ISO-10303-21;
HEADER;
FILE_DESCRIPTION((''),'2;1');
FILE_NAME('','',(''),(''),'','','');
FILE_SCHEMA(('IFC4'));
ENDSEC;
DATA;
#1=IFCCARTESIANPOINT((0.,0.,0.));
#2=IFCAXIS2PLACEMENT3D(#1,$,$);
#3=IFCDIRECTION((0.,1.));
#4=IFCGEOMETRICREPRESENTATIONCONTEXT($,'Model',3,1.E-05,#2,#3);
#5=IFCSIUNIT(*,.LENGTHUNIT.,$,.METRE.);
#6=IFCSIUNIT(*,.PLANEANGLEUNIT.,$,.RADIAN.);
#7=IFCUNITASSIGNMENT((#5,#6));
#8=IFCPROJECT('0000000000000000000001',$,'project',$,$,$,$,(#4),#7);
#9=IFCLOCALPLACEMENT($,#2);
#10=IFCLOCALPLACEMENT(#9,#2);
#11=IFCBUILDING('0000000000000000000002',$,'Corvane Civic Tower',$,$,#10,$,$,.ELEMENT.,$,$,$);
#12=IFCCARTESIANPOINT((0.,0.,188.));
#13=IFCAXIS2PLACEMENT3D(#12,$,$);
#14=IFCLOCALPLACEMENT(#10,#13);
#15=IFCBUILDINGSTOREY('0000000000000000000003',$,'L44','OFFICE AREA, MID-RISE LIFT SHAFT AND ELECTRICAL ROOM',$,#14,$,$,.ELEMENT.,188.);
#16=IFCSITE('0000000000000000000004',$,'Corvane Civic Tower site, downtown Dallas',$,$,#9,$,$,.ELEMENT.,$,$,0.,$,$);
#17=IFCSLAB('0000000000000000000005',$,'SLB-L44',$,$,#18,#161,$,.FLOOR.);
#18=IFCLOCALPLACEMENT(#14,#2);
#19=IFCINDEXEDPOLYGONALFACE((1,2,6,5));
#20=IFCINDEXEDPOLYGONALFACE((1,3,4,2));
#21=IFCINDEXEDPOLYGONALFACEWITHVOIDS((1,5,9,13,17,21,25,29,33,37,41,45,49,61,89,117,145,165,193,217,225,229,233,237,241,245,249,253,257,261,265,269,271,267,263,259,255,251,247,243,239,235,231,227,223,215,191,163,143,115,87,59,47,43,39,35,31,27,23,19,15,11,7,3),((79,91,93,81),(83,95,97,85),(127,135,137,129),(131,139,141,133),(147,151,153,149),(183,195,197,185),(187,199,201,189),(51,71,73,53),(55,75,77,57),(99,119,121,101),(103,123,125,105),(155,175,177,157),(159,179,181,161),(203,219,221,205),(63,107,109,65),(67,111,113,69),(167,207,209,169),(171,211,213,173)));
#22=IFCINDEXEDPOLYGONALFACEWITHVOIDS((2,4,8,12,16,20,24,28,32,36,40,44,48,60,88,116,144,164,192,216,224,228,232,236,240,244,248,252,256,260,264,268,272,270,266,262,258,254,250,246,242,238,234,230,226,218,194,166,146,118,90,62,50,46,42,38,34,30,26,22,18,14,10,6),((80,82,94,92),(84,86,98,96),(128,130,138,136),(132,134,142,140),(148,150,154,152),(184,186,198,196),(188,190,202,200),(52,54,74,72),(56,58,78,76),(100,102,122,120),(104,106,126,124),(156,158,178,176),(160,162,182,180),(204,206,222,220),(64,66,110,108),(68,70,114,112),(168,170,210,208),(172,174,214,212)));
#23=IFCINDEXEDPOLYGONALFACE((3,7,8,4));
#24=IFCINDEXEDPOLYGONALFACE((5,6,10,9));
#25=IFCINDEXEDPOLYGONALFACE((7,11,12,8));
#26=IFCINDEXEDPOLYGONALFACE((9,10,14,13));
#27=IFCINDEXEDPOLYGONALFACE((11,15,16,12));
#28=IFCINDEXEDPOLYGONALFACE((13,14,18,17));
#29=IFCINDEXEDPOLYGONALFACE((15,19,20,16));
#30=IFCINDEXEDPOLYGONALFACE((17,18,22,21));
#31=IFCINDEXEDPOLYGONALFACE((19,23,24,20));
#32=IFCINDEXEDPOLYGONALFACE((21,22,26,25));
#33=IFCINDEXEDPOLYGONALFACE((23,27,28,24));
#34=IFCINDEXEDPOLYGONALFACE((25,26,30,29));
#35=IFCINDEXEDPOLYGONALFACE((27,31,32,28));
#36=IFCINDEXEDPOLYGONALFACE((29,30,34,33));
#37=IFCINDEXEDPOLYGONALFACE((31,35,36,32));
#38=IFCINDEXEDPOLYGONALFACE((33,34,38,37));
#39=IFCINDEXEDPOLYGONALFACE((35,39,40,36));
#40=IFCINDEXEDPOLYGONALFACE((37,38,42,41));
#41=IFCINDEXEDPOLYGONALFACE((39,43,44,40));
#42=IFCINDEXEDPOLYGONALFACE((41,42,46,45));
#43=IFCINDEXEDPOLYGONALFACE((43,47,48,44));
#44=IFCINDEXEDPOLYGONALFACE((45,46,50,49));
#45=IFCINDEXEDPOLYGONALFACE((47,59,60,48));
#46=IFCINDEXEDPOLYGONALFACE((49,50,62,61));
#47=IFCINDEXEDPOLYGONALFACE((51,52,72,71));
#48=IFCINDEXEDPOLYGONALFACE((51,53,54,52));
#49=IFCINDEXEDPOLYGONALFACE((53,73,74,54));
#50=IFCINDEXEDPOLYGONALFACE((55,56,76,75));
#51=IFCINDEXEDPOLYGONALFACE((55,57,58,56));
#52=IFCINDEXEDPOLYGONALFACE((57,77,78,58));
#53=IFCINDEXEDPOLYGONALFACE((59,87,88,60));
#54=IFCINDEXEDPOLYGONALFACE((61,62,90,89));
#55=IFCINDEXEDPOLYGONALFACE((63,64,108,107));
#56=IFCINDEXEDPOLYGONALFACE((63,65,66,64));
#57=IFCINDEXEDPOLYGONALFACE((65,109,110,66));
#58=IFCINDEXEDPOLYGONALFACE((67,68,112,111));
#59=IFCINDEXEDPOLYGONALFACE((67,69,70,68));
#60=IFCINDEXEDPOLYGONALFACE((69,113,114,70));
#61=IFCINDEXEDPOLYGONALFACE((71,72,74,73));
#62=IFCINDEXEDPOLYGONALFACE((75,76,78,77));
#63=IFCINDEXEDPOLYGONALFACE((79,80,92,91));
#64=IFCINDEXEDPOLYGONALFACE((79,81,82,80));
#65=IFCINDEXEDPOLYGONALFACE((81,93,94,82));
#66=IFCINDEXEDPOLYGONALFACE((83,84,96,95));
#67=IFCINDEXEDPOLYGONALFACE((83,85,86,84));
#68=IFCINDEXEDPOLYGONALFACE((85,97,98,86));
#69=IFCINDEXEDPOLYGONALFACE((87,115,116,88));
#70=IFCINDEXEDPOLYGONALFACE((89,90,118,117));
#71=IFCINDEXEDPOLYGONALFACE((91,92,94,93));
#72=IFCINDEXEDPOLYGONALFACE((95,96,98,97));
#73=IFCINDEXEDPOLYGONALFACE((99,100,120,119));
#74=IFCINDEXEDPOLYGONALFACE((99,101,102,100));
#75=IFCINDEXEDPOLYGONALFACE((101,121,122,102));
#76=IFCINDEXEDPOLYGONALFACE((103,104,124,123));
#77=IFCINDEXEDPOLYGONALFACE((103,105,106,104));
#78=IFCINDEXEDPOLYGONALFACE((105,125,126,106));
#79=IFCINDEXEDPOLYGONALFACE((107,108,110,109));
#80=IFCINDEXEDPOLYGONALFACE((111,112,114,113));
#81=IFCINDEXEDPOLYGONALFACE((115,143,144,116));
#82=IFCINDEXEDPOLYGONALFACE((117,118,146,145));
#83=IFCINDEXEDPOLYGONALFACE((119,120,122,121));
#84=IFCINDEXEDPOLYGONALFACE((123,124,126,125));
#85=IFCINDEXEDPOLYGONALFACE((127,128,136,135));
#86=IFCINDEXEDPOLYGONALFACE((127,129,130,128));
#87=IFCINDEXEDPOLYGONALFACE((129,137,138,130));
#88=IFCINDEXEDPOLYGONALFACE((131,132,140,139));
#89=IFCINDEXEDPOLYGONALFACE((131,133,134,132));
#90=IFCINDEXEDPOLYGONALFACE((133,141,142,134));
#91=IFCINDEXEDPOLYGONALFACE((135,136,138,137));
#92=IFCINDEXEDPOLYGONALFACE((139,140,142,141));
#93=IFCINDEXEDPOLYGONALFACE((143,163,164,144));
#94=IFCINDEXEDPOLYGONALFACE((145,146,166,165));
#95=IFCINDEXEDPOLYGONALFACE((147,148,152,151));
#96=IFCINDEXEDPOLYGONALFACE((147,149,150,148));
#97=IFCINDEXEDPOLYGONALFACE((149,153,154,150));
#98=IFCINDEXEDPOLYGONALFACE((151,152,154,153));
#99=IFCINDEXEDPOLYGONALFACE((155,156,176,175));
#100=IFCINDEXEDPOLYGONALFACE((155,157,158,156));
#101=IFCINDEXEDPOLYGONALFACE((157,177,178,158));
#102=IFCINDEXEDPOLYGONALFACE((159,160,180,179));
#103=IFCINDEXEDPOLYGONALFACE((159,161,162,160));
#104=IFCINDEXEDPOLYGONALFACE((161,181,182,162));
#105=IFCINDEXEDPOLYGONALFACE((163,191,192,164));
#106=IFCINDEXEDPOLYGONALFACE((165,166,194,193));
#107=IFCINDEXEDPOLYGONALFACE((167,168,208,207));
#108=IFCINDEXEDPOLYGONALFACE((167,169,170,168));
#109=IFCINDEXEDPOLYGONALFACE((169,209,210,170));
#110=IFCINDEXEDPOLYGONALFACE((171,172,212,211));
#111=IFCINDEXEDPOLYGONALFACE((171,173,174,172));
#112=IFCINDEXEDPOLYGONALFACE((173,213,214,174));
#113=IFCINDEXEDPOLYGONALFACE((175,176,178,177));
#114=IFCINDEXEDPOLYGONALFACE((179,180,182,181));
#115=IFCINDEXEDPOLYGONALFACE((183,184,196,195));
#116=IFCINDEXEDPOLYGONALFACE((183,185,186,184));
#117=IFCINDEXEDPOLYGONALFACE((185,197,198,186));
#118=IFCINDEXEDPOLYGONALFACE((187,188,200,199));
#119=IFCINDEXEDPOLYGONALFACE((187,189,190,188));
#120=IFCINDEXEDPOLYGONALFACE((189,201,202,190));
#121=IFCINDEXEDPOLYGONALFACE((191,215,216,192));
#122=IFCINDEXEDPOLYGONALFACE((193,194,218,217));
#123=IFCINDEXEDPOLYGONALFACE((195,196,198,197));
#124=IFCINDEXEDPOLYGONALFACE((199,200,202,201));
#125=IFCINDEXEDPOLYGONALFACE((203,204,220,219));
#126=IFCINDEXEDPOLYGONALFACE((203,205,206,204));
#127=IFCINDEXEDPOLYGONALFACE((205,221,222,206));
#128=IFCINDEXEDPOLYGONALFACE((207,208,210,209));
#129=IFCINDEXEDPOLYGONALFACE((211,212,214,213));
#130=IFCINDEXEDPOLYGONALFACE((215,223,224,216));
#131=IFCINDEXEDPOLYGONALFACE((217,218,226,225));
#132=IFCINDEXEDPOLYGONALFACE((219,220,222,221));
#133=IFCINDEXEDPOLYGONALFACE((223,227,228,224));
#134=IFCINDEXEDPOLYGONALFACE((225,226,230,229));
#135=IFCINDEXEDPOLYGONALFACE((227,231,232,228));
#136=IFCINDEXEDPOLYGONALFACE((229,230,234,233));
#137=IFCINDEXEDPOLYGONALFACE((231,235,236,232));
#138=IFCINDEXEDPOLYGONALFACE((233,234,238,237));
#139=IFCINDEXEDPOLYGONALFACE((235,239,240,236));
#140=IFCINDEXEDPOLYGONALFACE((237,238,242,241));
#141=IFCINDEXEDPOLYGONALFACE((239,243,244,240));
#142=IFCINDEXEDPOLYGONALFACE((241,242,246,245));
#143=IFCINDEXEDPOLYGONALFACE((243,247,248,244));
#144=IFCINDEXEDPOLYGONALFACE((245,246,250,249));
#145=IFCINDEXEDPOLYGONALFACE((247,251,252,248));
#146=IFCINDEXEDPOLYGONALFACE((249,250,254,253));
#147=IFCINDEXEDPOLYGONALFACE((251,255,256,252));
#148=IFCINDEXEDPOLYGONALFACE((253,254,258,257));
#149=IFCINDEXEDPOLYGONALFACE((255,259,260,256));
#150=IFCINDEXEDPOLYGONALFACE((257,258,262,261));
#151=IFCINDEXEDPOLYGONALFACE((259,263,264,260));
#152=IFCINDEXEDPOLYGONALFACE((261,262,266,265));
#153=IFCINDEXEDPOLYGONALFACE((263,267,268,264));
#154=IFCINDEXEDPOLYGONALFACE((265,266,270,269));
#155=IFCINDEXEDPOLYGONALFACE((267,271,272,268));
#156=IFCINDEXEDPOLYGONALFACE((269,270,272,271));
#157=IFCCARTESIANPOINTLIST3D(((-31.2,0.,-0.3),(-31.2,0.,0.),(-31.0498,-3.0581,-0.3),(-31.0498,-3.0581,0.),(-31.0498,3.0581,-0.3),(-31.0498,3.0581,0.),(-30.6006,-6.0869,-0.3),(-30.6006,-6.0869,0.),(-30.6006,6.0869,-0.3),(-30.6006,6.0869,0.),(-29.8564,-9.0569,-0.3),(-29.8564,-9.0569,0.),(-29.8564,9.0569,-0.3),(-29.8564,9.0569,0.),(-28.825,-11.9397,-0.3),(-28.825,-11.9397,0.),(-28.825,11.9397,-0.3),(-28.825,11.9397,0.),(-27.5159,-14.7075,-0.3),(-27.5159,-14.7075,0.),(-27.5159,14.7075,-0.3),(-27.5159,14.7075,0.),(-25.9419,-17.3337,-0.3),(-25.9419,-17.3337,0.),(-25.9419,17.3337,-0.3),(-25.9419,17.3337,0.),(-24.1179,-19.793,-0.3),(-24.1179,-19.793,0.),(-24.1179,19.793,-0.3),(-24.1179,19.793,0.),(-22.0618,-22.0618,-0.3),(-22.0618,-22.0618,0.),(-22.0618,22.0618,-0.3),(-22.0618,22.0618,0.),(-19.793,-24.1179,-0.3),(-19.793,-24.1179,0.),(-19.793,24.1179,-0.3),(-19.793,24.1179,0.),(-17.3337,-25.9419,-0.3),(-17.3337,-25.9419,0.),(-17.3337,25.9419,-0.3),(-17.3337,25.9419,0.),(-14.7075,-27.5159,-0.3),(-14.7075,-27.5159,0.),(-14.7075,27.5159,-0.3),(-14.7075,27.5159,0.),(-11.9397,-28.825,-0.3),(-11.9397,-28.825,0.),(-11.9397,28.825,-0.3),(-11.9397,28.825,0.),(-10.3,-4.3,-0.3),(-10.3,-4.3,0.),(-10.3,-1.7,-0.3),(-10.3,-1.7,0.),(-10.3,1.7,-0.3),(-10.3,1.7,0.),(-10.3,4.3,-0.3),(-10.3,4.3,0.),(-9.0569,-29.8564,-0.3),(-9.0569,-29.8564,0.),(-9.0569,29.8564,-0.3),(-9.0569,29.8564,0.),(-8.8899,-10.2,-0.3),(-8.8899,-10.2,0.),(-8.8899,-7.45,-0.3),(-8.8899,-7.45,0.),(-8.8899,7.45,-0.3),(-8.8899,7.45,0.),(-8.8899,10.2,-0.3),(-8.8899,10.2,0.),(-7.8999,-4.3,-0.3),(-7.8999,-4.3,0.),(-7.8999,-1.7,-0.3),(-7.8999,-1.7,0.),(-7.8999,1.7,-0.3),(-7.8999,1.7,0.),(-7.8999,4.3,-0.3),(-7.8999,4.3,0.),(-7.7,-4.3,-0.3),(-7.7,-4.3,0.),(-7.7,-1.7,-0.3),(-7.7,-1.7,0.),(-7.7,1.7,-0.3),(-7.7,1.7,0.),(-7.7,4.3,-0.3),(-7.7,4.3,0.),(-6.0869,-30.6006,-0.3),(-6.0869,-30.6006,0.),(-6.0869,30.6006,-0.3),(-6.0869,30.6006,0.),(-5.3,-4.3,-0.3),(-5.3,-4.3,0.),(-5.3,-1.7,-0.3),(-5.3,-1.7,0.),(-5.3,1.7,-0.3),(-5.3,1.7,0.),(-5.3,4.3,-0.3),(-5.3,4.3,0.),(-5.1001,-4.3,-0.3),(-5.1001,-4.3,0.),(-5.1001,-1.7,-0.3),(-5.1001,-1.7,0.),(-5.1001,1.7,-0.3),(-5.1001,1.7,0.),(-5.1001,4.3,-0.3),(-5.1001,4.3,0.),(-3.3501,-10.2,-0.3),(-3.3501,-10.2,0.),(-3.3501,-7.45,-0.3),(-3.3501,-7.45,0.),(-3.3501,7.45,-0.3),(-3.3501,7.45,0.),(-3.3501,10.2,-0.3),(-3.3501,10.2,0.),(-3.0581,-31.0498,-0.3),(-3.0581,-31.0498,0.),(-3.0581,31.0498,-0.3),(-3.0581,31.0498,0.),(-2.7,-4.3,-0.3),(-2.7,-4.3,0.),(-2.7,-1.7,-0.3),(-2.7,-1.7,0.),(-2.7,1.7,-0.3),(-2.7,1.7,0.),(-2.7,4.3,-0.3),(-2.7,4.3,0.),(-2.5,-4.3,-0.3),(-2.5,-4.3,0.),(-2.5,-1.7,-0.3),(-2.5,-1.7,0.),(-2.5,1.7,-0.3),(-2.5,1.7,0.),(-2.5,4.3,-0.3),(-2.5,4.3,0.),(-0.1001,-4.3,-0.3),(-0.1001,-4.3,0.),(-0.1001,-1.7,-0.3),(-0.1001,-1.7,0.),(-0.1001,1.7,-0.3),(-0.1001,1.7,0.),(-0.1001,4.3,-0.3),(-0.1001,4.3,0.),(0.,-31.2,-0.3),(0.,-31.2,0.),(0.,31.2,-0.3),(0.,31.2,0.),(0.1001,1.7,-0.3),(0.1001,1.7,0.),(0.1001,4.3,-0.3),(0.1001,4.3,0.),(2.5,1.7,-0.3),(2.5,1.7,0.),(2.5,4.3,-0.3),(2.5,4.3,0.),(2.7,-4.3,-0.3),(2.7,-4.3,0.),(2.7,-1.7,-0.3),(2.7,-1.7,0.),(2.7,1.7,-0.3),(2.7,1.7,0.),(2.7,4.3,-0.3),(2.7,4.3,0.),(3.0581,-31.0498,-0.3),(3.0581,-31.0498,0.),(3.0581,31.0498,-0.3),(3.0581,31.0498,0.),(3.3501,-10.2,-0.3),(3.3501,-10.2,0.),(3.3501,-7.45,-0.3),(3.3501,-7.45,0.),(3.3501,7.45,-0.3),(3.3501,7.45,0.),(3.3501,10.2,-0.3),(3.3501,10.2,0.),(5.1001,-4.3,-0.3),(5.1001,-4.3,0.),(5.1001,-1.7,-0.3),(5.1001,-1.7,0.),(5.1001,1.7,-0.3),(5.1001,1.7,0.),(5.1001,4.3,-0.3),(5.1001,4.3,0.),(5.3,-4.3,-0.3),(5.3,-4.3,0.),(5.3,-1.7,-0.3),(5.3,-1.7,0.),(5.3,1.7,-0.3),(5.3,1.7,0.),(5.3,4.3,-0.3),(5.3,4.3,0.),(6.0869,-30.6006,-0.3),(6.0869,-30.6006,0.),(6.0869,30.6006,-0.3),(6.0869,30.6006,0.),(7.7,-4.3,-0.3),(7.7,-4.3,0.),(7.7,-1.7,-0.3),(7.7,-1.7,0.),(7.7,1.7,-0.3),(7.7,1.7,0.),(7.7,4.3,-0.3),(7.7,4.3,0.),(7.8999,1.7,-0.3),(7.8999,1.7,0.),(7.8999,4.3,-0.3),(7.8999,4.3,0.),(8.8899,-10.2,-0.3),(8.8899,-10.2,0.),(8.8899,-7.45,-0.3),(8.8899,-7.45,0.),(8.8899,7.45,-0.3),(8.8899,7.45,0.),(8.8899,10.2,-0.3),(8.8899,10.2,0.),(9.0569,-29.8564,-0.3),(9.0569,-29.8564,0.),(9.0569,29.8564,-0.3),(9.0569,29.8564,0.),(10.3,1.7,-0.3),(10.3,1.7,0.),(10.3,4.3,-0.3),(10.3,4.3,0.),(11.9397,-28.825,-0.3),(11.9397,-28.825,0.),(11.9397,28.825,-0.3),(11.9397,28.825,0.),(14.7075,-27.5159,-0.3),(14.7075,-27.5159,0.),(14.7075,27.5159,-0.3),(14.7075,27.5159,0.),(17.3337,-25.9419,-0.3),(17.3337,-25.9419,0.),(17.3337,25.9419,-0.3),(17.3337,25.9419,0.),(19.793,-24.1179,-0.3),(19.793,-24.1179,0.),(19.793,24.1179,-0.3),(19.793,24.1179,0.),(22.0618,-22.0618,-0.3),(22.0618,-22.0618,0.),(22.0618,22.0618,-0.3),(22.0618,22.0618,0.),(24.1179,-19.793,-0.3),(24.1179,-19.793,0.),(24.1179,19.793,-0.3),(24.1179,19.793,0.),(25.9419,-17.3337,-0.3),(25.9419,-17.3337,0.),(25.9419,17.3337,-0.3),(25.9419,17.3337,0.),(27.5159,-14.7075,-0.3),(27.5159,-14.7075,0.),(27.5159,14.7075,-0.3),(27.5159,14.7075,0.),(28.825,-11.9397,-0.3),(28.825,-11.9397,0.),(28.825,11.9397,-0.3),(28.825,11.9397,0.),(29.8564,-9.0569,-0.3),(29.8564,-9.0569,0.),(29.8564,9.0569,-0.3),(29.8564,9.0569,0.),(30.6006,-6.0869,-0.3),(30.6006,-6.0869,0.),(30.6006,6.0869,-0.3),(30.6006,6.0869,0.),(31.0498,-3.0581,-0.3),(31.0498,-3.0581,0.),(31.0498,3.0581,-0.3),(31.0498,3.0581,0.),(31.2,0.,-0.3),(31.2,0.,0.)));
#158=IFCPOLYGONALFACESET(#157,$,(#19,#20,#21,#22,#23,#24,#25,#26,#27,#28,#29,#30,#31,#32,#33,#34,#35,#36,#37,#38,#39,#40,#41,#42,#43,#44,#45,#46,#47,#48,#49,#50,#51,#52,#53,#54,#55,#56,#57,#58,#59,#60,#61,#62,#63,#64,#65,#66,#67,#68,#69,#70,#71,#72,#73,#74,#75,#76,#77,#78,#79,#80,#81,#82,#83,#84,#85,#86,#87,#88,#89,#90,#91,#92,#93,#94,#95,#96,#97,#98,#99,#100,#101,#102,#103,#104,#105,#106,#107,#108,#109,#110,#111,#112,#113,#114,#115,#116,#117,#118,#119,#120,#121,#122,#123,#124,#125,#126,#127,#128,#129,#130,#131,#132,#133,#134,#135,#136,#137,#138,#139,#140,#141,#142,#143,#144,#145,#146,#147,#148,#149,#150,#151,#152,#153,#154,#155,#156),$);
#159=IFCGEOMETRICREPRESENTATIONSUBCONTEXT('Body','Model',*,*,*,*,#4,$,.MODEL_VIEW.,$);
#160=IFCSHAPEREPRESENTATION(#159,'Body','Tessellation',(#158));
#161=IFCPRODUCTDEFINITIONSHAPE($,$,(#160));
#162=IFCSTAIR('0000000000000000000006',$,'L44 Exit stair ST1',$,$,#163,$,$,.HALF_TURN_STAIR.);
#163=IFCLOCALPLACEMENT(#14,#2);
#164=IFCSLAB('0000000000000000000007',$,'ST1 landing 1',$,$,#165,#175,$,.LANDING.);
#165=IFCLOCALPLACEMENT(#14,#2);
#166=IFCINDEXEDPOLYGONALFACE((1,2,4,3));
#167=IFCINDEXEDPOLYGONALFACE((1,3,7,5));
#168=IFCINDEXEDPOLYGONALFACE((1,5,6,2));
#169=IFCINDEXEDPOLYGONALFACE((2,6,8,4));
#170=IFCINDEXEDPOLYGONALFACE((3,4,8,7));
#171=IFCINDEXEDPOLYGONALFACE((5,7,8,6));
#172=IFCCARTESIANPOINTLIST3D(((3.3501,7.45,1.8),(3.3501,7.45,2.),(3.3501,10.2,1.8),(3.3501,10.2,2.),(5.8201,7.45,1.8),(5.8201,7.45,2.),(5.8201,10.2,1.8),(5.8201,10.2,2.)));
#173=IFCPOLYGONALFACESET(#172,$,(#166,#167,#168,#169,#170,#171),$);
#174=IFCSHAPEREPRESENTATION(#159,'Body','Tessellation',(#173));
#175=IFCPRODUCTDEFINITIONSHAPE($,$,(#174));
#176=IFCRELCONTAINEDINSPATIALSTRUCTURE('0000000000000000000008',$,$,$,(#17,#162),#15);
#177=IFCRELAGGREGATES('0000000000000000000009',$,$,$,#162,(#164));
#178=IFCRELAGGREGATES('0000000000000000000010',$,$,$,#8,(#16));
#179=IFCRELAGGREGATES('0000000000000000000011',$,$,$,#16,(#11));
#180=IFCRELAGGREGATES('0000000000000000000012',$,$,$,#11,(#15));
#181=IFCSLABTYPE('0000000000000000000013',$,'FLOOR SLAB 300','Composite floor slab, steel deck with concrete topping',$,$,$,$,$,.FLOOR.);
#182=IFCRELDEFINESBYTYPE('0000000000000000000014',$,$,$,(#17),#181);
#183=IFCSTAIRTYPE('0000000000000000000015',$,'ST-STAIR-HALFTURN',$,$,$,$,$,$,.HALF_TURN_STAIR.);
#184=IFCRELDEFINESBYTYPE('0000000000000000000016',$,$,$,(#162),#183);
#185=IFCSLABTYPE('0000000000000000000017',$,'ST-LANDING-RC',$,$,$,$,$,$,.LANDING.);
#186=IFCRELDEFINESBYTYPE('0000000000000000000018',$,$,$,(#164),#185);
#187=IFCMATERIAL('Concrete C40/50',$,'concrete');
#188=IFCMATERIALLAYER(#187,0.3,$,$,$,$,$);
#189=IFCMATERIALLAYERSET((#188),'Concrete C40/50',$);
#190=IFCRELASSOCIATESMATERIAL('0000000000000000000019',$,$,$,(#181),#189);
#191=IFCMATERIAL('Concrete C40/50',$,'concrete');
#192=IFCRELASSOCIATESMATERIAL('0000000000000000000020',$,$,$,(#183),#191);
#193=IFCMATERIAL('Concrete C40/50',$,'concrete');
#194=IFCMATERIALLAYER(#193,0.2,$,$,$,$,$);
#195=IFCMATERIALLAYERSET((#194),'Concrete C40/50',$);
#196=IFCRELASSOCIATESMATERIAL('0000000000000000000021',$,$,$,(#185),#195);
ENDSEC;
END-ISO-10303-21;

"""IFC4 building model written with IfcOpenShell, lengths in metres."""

from ifc_helpers import new_model, si_unit, direction, frame, origin, place, context, subcontext, project, spatial, polyline, outline, extrude, material, layer, layer_set, type_object, element, aggregate, save


model = new_model("IFC4")

# Units and contexts
model_context = context("Model", 3, precision=1e-05, world=origin(), true_north=direction((0.0, 1.0)))
body_context = subcontext(model_context, "Body", "Model", "MODEL_VIEW")
ifc_project = project(units=[si_unit("LENGTHUNIT", "METRE"), si_unit("PLANEANGLEUNIT", "RADIAN")], contexts=[model_context])

# Site, building, storey
site_placement = place(None, origin())
site = spatial("IfcSite", under=ifc_project, at=site_placement, Name="Corvane Civic Tower site, downtown Dallas", CompositionType="ELEMENT", RefElevation=0.0)
building_placement = place(site_placement, origin())
building = spatial("IfcBuilding", under=site, at=building_placement, Name="Corvane Civic Tower", CompositionType="ELEMENT")
storey_placement = place(building_placement, frame((0.0, 0.0, 188.0)))
storey = spatial("IfcBuildingStorey", under=building, at=storey_placement, Name="L44", Description="OFFICE AREA, MID-RISE LIFT SHAFT AND ELECTRICAL ROOM", CompositionType="ELEMENT", Elevation=188.0)

# Slab
ifc_material_1 = material(Name="Concrete C40/50", Category="concrete")
ifc_layer_1 = layer(ifc_material_1, 0.3)
ifc_layer_set_1 = layer_set([ifc_layer_1], Name="Concrete C40/50")
slab_type_1 = type_object("IfcSlabType", Name="FLOOR SLAB 300", Description="Composite floor slab, steel deck with concrete topping", PredefinedType="FLOOR", material=ifc_layer_set_1)
slab_1_placement = place(storey_placement, frame((0.0, 0.0, -0.3)))
element("IfcSlab", 1, at=slab_1_placement, inside=storey, type_object=slab_type_1, Name="SLB-L44", PredefinedType="FLOOR", context=body_context, shape_type="SweptSolid", body=[
    extrude(outline(polyline([(0.0, 31.2), (-3.0581, 31.0498), (-6.0869, 30.6006), (-9.0569, 29.8564), (-11.9397, 28.825), (-14.7075, 27.5159), (-17.3337, 25.9419), (-19.793, 24.1179), (-22.0618, 22.0618), (-24.1179, 19.793), (-25.9419, 17.3337), (-27.5159, 14.7075), (-28.825, 11.9397), (-29.8564, 9.0569), (-30.6006, 6.0869), (-31.0498, 3.0581), (-31.2, 0.0), (-31.0498, -3.0581), (-30.6006, -6.0869), (-29.8564, -9.0569), (-28.825, -11.9397), (-27.5159, -14.7075), (-25.9419, -17.3337), (-24.1179, -19.793), (-22.0618, -22.0618), (-19.793, -24.1179), (-17.3337, -25.9419), (-14.7075, -27.5159), (-11.9397, -28.825), (-9.0569, -29.8564), (-6.0869, -30.6006), (-3.0581, -31.0498), (0.0, -31.2), (3.0581, -31.0498), (6.0869, -30.6006), (9.0569, -29.8564), (11.9397, -28.825), (14.7075, -27.5159), (17.3337, -25.9419), (19.793, -24.1179), (22.0618, -22.0618), (24.1179, -19.793), (25.9419, -17.3337), (27.5159, -14.7075), (28.825, -11.9397), (29.8564, -9.0569), (30.6006, -6.0869), (31.0498, -3.0581), (31.2, 0.0), (31.0498, 3.0581), (30.6006, 6.0869), (29.8564, 9.0569), (28.825, 11.9397), (27.5159, 14.7075), (25.9419, 17.3337), (24.1179, 19.793), (22.0618, 22.0618), (19.793, 24.1179), (17.3337, 25.9419), (14.7075, 27.5159), (11.9397, 28.825), (9.0569, 29.8564), (6.0869, 30.6006), (3.0581, 31.0498), (0.0, 31.2)]), holes=[polyline([(-7.8999, 1.7), (-10.3, 1.7), (-10.3, 4.3), (-7.8999, 4.3), (-7.8999, 1.7)]), polyline([(-7.7, 4.3), (-5.3, 4.3), (-5.3, 1.7), (-7.7, 1.7), (-7.7, 4.3)]), polyline([(-5.1001, 4.3), (-2.7, 4.3), (-2.7, 1.7), (-5.1001, 1.7), (-5.1001, 4.3)]), polyline([(-0.1001, 4.3), (-0.1001, 1.7), (-2.5, 1.7), (-2.5, 4.3), (-0.1001, 4.3)]), polyline([(2.5, 4.3), (2.5, 1.7), (0.1001, 1.7), (0.1001, 4.3), (2.5, 4.3)]), polyline([(2.7, 4.3), (5.1001, 4.3), (5.1001, 1.7), (2.7, 1.7), (2.7, 4.3)]), polyline([(5.3, 4.3), (7.7, 4.3), (7.7, 1.7), (5.3, 1.7), (5.3, 4.3)]), polyline([(7.8999, 4.3), (10.3, 4.3), (10.3, 1.7), (7.8999, 1.7), (7.8999, 4.3)]), polyline([(-7.8999, -1.7), (-7.8999, -4.3), (-10.3, -4.3), (-10.3, -1.7), (-7.8999, -1.7)]), polyline([(-5.3, -1.7), (-5.3, -4.3), (-7.7, -4.3), (-7.7, -1.7), (-5.3, -1.7)]), polyline([(-2.7, -1.7), (-2.7, -4.3), (-5.1001, -4.3), (-5.1001, -1.7), (-2.7, -1.7)]), polyline([(-2.5, -4.3), (-2.5, -1.7), (-0.1001, -1.7), (-0.1001, -4.3), (-2.5, -4.3)]), polyline([(2.7, -1.7), (5.1001, -1.7), (5.1001, -4.3), (2.7, -4.3), (2.7, -1.7)]), polyline([(7.7, -1.7), (7.7, -4.3), (5.3, -4.3), (5.3, -1.7), (7.7, -1.7)]), polyline([(8.8899, 10.2), (8.8899, 7.45), (3.3501, 7.45), (3.3501, 10.2), (8.8899, 10.2)]), polyline([(-8.8899, 7.45), (-8.8899, 10.2), (-3.3501, 10.2), (-3.3501, 7.45), (-8.8899, 7.45)]), polyline([(8.8899, -7.45), (8.8899, -10.2), (3.3501, -10.2), (3.3501, -7.45), (8.8899, -7.45)]), polyline([(-8.8899, -10.2), (-8.8899, -7.45), (-3.3501, -7.45), (-3.3501, -10.2), (-8.8899, -10.2)])]), origin(), (0.0, 0.0, 1.0), 0.3),
])

# Stair, slab
ifc_material_2 = material(Name="Concrete C40/50", Category="concrete")
stair_type = type_object("IfcStairType", Name="ST-STAIR-HALFTURN", PredefinedType="HALF_TURN_STAIR", material=ifc_material_2)
stair_1_placement = place(storey_placement, origin())
stair_1 = element("IfcStair", 2, at=stair_1_placement, inside=storey, type_object=stair_type, Name="L44 Exit stair ST1", PredefinedType="HALF_TURN_STAIR")
ifc_material_3 = material(Name="Concrete C40/50", Category="concrete")
ifc_layer_2 = layer(ifc_material_3, 0.2)
ifc_layer_set_2 = layer_set([ifc_layer_2], Name="Concrete C40/50")
slab_type_2 = type_object("IfcSlabType", Name="ST-LANDING-RC", PredefinedType="LANDING", material=ifc_layer_set_2)
slab_2_placement = place(storey_placement, frame((0.0, 0.0, 1.8)))
slab_2 = element("IfcSlab", 3, at=slab_2_placement, type_object=slab_type_2, Name="ST1 landing 1", PredefinedType="LANDING", context=body_context, shape_type="SweptSolid", body=[
    extrude(outline(polyline([(5.8201, 10.2), (3.3501, 10.2), (3.3501, 7.45), (5.8201, 7.45), (5.8201, 10.2)])), origin(), (0.0, 0.0, 1.0), 0.2),
])
aggregate(stair_1, [slab_2])

save(model, "model.ifc")
